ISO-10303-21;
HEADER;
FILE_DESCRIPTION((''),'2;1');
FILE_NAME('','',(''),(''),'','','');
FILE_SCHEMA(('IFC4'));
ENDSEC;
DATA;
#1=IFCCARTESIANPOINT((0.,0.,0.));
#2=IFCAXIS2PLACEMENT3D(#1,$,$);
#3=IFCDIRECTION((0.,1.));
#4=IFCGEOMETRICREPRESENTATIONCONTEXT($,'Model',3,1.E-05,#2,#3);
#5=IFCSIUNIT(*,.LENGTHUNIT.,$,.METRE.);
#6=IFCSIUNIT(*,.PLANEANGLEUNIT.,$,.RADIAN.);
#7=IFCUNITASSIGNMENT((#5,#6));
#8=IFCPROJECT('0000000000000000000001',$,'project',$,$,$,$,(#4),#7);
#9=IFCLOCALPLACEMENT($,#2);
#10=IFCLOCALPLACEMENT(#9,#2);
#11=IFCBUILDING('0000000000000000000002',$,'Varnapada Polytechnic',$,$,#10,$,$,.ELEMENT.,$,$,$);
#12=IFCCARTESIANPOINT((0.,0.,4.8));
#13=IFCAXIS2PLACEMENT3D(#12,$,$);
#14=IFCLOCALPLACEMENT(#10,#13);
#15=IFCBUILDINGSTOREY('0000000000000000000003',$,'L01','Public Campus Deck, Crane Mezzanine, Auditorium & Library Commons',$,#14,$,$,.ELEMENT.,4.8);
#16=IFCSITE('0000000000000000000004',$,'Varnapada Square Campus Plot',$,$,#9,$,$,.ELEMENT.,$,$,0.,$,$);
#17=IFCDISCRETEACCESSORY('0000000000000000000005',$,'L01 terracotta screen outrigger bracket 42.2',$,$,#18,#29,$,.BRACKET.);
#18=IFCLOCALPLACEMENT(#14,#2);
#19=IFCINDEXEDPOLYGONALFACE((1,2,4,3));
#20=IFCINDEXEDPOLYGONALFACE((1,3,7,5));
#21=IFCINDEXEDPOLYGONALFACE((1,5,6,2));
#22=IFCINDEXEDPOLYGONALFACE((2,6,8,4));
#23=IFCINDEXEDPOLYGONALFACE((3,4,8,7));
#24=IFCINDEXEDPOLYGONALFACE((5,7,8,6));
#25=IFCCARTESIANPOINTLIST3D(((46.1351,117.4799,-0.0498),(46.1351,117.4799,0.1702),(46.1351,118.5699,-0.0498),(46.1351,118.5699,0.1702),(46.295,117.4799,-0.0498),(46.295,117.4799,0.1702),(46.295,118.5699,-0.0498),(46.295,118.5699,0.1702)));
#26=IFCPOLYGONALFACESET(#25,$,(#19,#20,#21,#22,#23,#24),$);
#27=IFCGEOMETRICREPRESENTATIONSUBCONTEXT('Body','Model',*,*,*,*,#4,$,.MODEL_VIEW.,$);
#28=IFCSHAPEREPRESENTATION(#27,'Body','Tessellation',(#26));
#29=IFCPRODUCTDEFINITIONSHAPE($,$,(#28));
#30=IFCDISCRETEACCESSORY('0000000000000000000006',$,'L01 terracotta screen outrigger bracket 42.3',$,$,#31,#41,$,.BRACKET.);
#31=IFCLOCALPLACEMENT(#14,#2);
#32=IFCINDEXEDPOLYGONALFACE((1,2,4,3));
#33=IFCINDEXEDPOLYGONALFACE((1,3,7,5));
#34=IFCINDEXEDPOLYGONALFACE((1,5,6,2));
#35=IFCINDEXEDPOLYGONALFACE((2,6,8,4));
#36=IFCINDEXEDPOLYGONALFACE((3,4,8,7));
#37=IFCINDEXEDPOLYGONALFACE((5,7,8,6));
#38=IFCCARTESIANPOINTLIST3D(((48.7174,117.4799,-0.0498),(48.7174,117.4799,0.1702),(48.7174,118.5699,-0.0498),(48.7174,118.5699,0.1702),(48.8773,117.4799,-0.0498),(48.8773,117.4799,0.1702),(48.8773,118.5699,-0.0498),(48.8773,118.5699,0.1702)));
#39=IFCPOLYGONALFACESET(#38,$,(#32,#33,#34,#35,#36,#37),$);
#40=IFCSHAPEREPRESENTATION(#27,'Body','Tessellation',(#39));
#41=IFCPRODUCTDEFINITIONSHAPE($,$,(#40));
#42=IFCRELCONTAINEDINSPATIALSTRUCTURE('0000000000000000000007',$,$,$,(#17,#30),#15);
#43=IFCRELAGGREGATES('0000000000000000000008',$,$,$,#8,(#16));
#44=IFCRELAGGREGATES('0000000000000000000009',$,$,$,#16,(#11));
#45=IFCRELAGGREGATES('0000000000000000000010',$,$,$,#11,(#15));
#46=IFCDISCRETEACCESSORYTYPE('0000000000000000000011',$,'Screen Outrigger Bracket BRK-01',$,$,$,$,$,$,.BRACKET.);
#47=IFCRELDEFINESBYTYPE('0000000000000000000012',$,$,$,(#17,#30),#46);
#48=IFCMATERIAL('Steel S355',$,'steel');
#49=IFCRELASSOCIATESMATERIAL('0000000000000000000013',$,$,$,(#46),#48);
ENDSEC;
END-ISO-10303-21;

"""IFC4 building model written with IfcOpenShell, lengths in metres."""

from ifc_helpers import new_model, si_unit, direction, frame, origin, origin_2d, place, context, subcontext, project, spatial, rectangle, extrude, material, type_object, element, save


model = new_model("IFC4")

# Units and contexts
model_context = context("Model", 3, precision=1e-05, world=origin(), true_north=direction((0.0, 1.0)))
body_context = subcontext(model_context, "Body", "Model", "MODEL_VIEW")
ifc_project = project(units=[si_unit("LENGTHUNIT", "METRE"), si_unit("PLANEANGLEUNIT", "RADIAN")], contexts=[model_context])

# Site, building, storey
site_placement = place(None, origin())
site = spatial("IfcSite", under=ifc_project, at=site_placement, Name="Varnapada Square Campus Plot", CompositionType="ELEMENT", RefElevation=0.0)
building_placement = place(site_placement, origin())
building = spatial("IfcBuilding", under=site, at=building_placement, Name="Varnapada Polytechnic", CompositionType="ELEMENT")
storey_placement = place(building_placement, frame((0.0, 0.0, 4.8)))
storey = spatial("IfcBuildingStorey", under=building, at=storey_placement, Name="L01", Description="Public Campus Deck, Crane Mezzanine, Auditorium & Library Commons", CompositionType="ELEMENT", Elevation=4.8)

# Discrete accessories
ifc_material_1 = material(Name="Steel S355", Category="steel")
discrete_accessory_type = type_object("IfcDiscreteAccessoryType", Name="Screen Outrigger Bracket BRK-01", PredefinedType="BRACKET", material=ifc_material_1)
for number, where, z_axis, x_axis, name in (
    (1, (46.2151, 118.0249, -0.0498), (0.0, 0.0, 1.0), (1.0, 0.0, 0.0), "L01 terracotta screen outrigger bracket 42.2"),
    (2, (48.7974, 118.0249, -0.0498), (0.0, 0.0, 1.0), (1.0, 0.0, 0.0), "L01 terracotta screen outrigger bracket 42.3"),
):
    element("IfcDiscreteAccessory", number, at=place(storey_placement, frame(where, z_axis=z_axis, x_axis=x_axis)), inside=storey, type_object=discrete_accessory_type, Name=name, PredefinedType="BRACKET", context=body_context, shape_type="SweptSolid", body=[
        extrude(rectangle(XDim=0.1599, YDim=1.0901, at=origin_2d()), origin(), (0.0, 0.0, 1.0), 0.22),
    ])

save(model, "model.ifc")
